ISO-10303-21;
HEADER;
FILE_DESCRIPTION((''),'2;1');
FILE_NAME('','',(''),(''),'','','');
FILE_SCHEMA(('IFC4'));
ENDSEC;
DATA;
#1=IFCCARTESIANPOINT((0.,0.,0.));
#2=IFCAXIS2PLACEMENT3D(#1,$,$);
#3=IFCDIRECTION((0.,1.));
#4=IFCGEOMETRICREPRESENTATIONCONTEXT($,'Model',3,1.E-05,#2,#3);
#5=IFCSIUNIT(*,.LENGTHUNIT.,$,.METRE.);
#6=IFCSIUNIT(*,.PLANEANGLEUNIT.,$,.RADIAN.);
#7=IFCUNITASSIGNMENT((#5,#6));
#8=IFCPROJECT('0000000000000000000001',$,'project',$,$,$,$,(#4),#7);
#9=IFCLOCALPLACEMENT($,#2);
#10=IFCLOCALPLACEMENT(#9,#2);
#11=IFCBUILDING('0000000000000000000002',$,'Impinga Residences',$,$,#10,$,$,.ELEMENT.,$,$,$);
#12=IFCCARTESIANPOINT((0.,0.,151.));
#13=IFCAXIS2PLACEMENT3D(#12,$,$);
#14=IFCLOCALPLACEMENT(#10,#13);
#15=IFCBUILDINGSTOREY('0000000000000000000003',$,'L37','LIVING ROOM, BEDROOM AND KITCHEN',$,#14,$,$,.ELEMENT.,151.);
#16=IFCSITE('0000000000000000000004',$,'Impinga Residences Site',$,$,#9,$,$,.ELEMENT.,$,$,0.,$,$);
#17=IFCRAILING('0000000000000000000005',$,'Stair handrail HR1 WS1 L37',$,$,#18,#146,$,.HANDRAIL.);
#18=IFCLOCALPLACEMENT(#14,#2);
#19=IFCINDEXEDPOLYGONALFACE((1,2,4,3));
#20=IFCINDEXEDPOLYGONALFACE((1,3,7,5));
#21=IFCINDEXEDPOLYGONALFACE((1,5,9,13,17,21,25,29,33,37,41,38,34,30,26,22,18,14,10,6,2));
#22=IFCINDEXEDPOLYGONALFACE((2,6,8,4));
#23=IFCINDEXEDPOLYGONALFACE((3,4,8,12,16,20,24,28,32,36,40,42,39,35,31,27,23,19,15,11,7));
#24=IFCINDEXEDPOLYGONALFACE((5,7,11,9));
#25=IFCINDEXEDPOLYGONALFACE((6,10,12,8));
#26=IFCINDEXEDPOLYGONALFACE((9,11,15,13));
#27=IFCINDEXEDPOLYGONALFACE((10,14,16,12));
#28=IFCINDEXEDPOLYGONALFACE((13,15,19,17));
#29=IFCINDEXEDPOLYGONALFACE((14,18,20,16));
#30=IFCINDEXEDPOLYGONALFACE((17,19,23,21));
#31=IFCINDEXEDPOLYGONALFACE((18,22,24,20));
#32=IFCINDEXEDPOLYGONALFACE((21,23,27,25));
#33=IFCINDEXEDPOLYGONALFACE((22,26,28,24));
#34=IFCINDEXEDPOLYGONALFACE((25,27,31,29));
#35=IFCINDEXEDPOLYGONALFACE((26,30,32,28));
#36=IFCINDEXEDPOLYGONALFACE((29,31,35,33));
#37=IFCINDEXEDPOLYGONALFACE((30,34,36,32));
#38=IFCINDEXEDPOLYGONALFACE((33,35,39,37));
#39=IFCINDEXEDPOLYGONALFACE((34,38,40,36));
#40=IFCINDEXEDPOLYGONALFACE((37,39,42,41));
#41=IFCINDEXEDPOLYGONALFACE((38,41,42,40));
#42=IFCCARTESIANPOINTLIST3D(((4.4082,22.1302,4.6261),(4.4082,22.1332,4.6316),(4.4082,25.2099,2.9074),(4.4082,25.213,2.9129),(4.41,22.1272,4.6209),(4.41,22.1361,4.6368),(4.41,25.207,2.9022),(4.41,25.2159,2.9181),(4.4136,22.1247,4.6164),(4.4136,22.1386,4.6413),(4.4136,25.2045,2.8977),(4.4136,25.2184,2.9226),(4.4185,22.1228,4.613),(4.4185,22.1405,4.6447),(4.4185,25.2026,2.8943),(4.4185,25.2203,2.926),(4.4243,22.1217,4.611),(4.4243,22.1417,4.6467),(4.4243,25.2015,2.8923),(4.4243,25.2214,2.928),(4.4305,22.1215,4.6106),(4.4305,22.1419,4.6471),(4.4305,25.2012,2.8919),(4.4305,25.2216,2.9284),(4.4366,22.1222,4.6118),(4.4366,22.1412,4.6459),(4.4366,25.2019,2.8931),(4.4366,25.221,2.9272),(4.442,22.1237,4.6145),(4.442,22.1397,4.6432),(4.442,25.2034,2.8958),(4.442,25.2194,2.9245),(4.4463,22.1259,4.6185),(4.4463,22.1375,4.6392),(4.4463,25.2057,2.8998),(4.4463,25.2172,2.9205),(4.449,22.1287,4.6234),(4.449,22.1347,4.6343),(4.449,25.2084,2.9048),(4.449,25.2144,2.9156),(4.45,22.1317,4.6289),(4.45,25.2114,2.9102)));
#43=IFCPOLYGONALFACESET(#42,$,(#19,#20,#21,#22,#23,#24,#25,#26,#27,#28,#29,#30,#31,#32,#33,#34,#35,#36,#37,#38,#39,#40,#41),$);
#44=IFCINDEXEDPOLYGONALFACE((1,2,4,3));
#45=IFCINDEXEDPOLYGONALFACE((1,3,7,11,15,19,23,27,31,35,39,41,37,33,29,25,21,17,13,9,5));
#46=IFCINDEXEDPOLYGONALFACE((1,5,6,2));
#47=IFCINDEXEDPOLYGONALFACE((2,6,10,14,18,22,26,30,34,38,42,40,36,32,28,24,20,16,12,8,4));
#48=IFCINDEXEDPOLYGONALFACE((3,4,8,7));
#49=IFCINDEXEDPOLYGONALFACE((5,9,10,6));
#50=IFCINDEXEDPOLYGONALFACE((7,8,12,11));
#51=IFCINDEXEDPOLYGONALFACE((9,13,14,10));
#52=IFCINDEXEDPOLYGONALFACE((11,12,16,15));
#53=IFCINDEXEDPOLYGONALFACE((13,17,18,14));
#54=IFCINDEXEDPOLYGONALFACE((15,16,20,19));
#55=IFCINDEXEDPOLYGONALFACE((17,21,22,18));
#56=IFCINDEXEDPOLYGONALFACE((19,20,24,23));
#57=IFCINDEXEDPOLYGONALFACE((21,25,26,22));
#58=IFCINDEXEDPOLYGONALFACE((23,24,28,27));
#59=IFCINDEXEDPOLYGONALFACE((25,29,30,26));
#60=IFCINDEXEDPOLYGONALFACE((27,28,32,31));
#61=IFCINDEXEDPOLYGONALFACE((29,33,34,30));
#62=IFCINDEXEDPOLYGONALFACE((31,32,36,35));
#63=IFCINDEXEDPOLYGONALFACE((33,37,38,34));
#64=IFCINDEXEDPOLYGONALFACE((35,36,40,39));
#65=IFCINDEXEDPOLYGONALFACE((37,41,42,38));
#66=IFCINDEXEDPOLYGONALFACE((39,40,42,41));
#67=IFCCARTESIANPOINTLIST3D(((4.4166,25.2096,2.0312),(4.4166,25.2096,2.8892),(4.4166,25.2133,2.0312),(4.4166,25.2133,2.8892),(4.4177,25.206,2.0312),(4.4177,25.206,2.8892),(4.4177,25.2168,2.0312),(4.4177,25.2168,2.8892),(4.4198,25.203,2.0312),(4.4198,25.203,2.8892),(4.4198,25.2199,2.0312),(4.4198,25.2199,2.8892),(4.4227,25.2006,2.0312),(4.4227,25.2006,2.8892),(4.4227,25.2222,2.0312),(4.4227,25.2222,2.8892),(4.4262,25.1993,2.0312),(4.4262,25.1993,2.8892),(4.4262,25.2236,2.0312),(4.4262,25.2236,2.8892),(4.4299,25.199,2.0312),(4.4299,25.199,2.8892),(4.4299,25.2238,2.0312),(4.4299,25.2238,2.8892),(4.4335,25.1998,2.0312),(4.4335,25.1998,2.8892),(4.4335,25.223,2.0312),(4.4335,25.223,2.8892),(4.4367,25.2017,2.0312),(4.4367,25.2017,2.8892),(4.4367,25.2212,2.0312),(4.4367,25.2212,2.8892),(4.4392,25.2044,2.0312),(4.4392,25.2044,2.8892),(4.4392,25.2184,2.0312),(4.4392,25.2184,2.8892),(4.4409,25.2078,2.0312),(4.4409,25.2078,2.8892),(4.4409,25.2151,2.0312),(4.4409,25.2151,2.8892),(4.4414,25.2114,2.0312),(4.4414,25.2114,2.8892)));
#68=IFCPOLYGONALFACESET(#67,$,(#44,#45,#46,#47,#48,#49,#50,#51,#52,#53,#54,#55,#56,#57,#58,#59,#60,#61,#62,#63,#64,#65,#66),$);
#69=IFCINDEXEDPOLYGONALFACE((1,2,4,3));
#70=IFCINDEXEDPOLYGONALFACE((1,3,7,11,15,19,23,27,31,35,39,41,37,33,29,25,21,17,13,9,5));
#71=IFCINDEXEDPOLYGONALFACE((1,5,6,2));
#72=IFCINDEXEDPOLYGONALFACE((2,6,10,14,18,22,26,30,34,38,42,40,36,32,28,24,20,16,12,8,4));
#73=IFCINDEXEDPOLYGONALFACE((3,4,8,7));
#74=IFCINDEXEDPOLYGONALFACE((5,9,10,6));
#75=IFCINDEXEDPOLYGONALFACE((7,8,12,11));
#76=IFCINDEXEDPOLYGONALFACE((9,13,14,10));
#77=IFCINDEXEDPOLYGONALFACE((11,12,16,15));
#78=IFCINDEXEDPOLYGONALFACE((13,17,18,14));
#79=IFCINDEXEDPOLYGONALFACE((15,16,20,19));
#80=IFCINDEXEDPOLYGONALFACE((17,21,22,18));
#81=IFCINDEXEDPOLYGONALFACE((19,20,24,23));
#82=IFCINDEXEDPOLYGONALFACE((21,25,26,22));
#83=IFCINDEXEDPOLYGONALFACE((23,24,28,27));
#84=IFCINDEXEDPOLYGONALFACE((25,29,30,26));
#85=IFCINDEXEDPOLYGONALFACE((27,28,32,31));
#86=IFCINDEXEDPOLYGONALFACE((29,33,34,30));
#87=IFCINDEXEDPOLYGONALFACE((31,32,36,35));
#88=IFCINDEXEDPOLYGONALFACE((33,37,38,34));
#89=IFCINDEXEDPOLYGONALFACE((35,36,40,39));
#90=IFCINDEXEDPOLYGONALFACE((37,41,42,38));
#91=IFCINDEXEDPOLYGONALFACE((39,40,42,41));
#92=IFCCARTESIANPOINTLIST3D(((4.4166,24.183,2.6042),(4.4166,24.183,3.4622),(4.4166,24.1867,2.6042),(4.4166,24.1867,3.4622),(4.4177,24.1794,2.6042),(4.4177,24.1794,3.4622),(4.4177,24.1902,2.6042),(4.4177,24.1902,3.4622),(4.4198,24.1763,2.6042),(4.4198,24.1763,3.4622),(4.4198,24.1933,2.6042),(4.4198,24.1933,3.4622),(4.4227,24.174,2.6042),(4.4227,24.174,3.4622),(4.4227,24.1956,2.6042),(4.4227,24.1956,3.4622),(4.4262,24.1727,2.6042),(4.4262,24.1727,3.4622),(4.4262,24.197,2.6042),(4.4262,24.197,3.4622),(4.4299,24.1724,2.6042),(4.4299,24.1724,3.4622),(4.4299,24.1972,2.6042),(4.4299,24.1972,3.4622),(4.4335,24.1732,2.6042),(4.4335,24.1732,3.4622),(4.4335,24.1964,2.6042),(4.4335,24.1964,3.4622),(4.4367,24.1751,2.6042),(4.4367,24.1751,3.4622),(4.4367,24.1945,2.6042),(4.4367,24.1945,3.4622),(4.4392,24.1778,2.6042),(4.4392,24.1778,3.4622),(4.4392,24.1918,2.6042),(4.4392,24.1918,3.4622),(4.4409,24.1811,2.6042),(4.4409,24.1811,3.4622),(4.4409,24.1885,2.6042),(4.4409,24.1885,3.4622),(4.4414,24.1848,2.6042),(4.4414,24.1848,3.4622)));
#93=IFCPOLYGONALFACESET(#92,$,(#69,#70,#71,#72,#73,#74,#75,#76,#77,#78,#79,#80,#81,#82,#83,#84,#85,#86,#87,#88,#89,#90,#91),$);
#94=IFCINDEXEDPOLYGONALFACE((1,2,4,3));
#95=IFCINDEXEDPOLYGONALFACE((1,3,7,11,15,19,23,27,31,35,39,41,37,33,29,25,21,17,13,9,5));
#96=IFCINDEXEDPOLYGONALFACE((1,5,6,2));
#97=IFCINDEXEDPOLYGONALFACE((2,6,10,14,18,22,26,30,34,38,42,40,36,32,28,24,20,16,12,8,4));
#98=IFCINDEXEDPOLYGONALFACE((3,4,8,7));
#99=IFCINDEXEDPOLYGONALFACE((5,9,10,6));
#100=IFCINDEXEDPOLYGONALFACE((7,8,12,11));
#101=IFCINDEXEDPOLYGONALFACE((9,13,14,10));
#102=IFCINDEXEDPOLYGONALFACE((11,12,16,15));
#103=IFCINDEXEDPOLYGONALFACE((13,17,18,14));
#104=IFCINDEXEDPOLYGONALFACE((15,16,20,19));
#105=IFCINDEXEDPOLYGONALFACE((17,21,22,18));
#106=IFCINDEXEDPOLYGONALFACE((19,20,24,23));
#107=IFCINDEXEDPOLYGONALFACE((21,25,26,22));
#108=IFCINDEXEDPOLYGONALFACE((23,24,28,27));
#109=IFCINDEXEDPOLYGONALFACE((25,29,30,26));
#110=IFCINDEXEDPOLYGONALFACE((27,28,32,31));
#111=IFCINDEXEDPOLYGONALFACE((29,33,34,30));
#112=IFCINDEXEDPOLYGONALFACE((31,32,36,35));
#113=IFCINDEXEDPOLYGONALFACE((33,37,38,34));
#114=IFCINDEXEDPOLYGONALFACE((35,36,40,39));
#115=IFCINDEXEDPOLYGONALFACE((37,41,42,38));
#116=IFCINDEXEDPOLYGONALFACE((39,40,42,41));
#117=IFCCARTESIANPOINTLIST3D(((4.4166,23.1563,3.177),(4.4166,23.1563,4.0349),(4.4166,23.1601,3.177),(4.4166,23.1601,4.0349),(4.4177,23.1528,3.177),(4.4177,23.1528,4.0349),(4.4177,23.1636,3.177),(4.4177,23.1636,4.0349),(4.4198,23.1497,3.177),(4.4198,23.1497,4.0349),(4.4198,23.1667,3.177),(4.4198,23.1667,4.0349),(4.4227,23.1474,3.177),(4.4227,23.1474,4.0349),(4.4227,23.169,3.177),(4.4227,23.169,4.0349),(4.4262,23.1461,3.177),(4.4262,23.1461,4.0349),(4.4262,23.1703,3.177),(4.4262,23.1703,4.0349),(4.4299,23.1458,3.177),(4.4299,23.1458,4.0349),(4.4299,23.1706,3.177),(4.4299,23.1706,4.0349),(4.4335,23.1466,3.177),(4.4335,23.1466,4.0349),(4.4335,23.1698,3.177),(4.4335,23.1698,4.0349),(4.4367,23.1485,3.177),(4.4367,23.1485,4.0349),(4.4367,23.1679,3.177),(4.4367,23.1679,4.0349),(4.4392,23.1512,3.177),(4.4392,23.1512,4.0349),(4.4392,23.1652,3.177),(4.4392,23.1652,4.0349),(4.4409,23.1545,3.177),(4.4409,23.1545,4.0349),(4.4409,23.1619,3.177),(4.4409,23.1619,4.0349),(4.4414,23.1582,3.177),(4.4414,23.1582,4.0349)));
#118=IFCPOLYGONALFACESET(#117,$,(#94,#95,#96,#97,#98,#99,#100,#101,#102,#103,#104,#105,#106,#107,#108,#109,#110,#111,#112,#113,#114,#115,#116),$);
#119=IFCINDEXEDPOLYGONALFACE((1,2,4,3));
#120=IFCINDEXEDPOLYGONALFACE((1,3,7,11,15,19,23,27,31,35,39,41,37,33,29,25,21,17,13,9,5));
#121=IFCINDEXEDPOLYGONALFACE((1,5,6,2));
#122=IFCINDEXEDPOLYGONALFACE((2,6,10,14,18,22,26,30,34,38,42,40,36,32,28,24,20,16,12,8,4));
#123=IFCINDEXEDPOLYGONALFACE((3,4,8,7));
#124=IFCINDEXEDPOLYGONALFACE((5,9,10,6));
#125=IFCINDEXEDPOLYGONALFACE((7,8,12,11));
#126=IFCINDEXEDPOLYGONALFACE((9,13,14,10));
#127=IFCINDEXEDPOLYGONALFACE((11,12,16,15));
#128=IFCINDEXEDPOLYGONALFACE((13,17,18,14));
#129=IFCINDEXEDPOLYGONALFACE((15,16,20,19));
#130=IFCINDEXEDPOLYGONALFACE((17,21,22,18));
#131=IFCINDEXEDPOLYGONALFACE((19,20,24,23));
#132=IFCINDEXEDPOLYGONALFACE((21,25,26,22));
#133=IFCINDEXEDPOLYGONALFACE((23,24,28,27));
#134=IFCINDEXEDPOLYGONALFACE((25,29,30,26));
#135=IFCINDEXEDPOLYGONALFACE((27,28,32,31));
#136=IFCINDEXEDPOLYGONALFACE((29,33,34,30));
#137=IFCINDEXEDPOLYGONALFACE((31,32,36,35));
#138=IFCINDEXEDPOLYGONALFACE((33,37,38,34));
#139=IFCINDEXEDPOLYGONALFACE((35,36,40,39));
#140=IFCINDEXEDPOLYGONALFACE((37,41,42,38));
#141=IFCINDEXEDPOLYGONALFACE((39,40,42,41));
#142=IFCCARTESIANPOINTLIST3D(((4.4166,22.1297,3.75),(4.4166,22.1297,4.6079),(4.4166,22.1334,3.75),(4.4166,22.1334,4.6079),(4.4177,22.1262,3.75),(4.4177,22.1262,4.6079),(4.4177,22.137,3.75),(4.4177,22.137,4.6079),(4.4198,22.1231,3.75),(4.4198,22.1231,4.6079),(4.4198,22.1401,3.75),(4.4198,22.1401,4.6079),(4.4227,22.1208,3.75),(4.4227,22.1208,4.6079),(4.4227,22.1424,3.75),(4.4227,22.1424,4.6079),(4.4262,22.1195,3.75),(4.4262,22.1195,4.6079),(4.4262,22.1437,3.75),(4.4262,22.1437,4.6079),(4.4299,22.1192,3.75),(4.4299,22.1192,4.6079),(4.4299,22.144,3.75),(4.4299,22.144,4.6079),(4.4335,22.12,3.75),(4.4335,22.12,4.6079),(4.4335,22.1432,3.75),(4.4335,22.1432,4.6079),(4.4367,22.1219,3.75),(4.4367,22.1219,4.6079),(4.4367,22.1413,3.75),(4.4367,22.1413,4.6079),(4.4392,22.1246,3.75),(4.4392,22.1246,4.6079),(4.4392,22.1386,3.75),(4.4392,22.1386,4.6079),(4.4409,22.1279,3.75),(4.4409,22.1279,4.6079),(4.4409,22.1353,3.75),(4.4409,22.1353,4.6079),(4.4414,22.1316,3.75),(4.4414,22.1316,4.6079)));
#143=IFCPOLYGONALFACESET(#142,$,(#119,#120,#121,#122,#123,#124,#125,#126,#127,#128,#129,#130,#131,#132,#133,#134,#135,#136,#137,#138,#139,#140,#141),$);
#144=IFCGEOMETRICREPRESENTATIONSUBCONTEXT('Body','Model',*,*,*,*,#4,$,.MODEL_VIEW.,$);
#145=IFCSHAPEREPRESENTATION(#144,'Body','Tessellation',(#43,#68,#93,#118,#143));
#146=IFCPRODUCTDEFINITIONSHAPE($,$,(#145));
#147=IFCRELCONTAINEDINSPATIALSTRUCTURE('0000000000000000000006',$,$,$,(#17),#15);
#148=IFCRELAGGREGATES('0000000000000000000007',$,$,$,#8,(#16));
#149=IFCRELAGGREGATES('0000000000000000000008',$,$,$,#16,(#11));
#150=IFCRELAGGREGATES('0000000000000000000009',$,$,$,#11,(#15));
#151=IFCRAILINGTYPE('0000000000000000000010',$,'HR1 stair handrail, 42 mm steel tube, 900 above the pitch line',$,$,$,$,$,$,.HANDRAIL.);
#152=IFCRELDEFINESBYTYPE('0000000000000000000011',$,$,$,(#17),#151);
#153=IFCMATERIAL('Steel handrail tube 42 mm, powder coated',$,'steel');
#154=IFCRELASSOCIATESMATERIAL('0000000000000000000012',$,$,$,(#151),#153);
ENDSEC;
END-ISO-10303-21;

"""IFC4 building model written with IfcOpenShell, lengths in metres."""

from ifc_helpers import new_model, si_unit, direction, frame, origin, origin_2d, place, context, subcontext, project, spatial, circle, extrude, material, type_object, element, save


model = new_model("IFC4")

# Units and contexts
model_context = context("Model", 3, precision=1e-05, world=origin(), true_north=direction((0.0, 1.0)))
body_context = subcontext(model_context, "Body", "Model", "MODEL_VIEW")
ifc_project = project(units=[si_unit("LENGTHUNIT", "METRE"), si_unit("PLANEANGLEUNIT", "RADIAN")], contexts=[model_context])

# Site, building, storey
site_placement = place(None, origin())
site = spatial("IfcSite", under=ifc_project, at=site_placement, Name="Impinga Residences Site", CompositionType="ELEMENT", RefElevation=0.0)
building_placement = place(site_placement, origin())
building = spatial("IfcBuilding", under=site, at=building_placement, Name="Impinga Residences", CompositionType="ELEMENT")
storey_placement = place(building_placement, frame((0.0, 0.0, 151.0)))
storey = spatial("IfcBuildingStorey", under=building, at=storey_placement, Name="L37", Description="LIVING ROOM, BEDROOM AND KITCHEN", CompositionType="ELEMENT", Elevation=151.0)

# Railing
ifc_material_1 = material(Name="Steel handrail tube 42 mm, powder coated", Category="steel")
railing_type_1 = type_object("IfcRailingType", Name="HR1 stair handrail, 42 mm steel tube, 900 above the pitch line", PredefinedType="HANDRAIL", material=ifc_material_1)
railing_1_placement = place(storey_placement, frame((4.429, 25.2114, 2.0312)))
element("IfcRailing", 1, at=railing_1_placement, inside=storey, type_object=railing_type_1, Name="Stair handrail HR1 WS1 L37", PredefinedType="HANDRAIL", context=body_context, shape_type="SweptSolid", body=[
    extrude(circle(Radius=0.021, at=origin_2d()), frame((0.0, 0.0, 0.8789), z_axis=(0.0, -0.873225, 0.487317), x_axis=(1.0, 0.0, 0.0)), (0.0, 0.0, 1.0), 3.5269),
    extrude(circle(Radius=0.0125, at=origin_2d()), origin(), (0.0, 0.0, 1.0), 0.8579),
    extrude(circle(Radius=0.0125, at=origin_2d()), frame((0.0, -1.0266, 0.573)), (0.0, 0.0, 1.0), 0.8579),
    extrude(circle(Radius=0.0125, at=origin_2d()), frame((0.0, -2.0532, 1.1458)), (0.0, 0.0, 1.0), 0.8579),
    extrude(circle(Radius=0.0125, at=origin_2d()), frame((0.0, -3.0798, 1.7188)), (0.0, 0.0, 1.0), 0.8579),
])

save(model, "model.ifc")
